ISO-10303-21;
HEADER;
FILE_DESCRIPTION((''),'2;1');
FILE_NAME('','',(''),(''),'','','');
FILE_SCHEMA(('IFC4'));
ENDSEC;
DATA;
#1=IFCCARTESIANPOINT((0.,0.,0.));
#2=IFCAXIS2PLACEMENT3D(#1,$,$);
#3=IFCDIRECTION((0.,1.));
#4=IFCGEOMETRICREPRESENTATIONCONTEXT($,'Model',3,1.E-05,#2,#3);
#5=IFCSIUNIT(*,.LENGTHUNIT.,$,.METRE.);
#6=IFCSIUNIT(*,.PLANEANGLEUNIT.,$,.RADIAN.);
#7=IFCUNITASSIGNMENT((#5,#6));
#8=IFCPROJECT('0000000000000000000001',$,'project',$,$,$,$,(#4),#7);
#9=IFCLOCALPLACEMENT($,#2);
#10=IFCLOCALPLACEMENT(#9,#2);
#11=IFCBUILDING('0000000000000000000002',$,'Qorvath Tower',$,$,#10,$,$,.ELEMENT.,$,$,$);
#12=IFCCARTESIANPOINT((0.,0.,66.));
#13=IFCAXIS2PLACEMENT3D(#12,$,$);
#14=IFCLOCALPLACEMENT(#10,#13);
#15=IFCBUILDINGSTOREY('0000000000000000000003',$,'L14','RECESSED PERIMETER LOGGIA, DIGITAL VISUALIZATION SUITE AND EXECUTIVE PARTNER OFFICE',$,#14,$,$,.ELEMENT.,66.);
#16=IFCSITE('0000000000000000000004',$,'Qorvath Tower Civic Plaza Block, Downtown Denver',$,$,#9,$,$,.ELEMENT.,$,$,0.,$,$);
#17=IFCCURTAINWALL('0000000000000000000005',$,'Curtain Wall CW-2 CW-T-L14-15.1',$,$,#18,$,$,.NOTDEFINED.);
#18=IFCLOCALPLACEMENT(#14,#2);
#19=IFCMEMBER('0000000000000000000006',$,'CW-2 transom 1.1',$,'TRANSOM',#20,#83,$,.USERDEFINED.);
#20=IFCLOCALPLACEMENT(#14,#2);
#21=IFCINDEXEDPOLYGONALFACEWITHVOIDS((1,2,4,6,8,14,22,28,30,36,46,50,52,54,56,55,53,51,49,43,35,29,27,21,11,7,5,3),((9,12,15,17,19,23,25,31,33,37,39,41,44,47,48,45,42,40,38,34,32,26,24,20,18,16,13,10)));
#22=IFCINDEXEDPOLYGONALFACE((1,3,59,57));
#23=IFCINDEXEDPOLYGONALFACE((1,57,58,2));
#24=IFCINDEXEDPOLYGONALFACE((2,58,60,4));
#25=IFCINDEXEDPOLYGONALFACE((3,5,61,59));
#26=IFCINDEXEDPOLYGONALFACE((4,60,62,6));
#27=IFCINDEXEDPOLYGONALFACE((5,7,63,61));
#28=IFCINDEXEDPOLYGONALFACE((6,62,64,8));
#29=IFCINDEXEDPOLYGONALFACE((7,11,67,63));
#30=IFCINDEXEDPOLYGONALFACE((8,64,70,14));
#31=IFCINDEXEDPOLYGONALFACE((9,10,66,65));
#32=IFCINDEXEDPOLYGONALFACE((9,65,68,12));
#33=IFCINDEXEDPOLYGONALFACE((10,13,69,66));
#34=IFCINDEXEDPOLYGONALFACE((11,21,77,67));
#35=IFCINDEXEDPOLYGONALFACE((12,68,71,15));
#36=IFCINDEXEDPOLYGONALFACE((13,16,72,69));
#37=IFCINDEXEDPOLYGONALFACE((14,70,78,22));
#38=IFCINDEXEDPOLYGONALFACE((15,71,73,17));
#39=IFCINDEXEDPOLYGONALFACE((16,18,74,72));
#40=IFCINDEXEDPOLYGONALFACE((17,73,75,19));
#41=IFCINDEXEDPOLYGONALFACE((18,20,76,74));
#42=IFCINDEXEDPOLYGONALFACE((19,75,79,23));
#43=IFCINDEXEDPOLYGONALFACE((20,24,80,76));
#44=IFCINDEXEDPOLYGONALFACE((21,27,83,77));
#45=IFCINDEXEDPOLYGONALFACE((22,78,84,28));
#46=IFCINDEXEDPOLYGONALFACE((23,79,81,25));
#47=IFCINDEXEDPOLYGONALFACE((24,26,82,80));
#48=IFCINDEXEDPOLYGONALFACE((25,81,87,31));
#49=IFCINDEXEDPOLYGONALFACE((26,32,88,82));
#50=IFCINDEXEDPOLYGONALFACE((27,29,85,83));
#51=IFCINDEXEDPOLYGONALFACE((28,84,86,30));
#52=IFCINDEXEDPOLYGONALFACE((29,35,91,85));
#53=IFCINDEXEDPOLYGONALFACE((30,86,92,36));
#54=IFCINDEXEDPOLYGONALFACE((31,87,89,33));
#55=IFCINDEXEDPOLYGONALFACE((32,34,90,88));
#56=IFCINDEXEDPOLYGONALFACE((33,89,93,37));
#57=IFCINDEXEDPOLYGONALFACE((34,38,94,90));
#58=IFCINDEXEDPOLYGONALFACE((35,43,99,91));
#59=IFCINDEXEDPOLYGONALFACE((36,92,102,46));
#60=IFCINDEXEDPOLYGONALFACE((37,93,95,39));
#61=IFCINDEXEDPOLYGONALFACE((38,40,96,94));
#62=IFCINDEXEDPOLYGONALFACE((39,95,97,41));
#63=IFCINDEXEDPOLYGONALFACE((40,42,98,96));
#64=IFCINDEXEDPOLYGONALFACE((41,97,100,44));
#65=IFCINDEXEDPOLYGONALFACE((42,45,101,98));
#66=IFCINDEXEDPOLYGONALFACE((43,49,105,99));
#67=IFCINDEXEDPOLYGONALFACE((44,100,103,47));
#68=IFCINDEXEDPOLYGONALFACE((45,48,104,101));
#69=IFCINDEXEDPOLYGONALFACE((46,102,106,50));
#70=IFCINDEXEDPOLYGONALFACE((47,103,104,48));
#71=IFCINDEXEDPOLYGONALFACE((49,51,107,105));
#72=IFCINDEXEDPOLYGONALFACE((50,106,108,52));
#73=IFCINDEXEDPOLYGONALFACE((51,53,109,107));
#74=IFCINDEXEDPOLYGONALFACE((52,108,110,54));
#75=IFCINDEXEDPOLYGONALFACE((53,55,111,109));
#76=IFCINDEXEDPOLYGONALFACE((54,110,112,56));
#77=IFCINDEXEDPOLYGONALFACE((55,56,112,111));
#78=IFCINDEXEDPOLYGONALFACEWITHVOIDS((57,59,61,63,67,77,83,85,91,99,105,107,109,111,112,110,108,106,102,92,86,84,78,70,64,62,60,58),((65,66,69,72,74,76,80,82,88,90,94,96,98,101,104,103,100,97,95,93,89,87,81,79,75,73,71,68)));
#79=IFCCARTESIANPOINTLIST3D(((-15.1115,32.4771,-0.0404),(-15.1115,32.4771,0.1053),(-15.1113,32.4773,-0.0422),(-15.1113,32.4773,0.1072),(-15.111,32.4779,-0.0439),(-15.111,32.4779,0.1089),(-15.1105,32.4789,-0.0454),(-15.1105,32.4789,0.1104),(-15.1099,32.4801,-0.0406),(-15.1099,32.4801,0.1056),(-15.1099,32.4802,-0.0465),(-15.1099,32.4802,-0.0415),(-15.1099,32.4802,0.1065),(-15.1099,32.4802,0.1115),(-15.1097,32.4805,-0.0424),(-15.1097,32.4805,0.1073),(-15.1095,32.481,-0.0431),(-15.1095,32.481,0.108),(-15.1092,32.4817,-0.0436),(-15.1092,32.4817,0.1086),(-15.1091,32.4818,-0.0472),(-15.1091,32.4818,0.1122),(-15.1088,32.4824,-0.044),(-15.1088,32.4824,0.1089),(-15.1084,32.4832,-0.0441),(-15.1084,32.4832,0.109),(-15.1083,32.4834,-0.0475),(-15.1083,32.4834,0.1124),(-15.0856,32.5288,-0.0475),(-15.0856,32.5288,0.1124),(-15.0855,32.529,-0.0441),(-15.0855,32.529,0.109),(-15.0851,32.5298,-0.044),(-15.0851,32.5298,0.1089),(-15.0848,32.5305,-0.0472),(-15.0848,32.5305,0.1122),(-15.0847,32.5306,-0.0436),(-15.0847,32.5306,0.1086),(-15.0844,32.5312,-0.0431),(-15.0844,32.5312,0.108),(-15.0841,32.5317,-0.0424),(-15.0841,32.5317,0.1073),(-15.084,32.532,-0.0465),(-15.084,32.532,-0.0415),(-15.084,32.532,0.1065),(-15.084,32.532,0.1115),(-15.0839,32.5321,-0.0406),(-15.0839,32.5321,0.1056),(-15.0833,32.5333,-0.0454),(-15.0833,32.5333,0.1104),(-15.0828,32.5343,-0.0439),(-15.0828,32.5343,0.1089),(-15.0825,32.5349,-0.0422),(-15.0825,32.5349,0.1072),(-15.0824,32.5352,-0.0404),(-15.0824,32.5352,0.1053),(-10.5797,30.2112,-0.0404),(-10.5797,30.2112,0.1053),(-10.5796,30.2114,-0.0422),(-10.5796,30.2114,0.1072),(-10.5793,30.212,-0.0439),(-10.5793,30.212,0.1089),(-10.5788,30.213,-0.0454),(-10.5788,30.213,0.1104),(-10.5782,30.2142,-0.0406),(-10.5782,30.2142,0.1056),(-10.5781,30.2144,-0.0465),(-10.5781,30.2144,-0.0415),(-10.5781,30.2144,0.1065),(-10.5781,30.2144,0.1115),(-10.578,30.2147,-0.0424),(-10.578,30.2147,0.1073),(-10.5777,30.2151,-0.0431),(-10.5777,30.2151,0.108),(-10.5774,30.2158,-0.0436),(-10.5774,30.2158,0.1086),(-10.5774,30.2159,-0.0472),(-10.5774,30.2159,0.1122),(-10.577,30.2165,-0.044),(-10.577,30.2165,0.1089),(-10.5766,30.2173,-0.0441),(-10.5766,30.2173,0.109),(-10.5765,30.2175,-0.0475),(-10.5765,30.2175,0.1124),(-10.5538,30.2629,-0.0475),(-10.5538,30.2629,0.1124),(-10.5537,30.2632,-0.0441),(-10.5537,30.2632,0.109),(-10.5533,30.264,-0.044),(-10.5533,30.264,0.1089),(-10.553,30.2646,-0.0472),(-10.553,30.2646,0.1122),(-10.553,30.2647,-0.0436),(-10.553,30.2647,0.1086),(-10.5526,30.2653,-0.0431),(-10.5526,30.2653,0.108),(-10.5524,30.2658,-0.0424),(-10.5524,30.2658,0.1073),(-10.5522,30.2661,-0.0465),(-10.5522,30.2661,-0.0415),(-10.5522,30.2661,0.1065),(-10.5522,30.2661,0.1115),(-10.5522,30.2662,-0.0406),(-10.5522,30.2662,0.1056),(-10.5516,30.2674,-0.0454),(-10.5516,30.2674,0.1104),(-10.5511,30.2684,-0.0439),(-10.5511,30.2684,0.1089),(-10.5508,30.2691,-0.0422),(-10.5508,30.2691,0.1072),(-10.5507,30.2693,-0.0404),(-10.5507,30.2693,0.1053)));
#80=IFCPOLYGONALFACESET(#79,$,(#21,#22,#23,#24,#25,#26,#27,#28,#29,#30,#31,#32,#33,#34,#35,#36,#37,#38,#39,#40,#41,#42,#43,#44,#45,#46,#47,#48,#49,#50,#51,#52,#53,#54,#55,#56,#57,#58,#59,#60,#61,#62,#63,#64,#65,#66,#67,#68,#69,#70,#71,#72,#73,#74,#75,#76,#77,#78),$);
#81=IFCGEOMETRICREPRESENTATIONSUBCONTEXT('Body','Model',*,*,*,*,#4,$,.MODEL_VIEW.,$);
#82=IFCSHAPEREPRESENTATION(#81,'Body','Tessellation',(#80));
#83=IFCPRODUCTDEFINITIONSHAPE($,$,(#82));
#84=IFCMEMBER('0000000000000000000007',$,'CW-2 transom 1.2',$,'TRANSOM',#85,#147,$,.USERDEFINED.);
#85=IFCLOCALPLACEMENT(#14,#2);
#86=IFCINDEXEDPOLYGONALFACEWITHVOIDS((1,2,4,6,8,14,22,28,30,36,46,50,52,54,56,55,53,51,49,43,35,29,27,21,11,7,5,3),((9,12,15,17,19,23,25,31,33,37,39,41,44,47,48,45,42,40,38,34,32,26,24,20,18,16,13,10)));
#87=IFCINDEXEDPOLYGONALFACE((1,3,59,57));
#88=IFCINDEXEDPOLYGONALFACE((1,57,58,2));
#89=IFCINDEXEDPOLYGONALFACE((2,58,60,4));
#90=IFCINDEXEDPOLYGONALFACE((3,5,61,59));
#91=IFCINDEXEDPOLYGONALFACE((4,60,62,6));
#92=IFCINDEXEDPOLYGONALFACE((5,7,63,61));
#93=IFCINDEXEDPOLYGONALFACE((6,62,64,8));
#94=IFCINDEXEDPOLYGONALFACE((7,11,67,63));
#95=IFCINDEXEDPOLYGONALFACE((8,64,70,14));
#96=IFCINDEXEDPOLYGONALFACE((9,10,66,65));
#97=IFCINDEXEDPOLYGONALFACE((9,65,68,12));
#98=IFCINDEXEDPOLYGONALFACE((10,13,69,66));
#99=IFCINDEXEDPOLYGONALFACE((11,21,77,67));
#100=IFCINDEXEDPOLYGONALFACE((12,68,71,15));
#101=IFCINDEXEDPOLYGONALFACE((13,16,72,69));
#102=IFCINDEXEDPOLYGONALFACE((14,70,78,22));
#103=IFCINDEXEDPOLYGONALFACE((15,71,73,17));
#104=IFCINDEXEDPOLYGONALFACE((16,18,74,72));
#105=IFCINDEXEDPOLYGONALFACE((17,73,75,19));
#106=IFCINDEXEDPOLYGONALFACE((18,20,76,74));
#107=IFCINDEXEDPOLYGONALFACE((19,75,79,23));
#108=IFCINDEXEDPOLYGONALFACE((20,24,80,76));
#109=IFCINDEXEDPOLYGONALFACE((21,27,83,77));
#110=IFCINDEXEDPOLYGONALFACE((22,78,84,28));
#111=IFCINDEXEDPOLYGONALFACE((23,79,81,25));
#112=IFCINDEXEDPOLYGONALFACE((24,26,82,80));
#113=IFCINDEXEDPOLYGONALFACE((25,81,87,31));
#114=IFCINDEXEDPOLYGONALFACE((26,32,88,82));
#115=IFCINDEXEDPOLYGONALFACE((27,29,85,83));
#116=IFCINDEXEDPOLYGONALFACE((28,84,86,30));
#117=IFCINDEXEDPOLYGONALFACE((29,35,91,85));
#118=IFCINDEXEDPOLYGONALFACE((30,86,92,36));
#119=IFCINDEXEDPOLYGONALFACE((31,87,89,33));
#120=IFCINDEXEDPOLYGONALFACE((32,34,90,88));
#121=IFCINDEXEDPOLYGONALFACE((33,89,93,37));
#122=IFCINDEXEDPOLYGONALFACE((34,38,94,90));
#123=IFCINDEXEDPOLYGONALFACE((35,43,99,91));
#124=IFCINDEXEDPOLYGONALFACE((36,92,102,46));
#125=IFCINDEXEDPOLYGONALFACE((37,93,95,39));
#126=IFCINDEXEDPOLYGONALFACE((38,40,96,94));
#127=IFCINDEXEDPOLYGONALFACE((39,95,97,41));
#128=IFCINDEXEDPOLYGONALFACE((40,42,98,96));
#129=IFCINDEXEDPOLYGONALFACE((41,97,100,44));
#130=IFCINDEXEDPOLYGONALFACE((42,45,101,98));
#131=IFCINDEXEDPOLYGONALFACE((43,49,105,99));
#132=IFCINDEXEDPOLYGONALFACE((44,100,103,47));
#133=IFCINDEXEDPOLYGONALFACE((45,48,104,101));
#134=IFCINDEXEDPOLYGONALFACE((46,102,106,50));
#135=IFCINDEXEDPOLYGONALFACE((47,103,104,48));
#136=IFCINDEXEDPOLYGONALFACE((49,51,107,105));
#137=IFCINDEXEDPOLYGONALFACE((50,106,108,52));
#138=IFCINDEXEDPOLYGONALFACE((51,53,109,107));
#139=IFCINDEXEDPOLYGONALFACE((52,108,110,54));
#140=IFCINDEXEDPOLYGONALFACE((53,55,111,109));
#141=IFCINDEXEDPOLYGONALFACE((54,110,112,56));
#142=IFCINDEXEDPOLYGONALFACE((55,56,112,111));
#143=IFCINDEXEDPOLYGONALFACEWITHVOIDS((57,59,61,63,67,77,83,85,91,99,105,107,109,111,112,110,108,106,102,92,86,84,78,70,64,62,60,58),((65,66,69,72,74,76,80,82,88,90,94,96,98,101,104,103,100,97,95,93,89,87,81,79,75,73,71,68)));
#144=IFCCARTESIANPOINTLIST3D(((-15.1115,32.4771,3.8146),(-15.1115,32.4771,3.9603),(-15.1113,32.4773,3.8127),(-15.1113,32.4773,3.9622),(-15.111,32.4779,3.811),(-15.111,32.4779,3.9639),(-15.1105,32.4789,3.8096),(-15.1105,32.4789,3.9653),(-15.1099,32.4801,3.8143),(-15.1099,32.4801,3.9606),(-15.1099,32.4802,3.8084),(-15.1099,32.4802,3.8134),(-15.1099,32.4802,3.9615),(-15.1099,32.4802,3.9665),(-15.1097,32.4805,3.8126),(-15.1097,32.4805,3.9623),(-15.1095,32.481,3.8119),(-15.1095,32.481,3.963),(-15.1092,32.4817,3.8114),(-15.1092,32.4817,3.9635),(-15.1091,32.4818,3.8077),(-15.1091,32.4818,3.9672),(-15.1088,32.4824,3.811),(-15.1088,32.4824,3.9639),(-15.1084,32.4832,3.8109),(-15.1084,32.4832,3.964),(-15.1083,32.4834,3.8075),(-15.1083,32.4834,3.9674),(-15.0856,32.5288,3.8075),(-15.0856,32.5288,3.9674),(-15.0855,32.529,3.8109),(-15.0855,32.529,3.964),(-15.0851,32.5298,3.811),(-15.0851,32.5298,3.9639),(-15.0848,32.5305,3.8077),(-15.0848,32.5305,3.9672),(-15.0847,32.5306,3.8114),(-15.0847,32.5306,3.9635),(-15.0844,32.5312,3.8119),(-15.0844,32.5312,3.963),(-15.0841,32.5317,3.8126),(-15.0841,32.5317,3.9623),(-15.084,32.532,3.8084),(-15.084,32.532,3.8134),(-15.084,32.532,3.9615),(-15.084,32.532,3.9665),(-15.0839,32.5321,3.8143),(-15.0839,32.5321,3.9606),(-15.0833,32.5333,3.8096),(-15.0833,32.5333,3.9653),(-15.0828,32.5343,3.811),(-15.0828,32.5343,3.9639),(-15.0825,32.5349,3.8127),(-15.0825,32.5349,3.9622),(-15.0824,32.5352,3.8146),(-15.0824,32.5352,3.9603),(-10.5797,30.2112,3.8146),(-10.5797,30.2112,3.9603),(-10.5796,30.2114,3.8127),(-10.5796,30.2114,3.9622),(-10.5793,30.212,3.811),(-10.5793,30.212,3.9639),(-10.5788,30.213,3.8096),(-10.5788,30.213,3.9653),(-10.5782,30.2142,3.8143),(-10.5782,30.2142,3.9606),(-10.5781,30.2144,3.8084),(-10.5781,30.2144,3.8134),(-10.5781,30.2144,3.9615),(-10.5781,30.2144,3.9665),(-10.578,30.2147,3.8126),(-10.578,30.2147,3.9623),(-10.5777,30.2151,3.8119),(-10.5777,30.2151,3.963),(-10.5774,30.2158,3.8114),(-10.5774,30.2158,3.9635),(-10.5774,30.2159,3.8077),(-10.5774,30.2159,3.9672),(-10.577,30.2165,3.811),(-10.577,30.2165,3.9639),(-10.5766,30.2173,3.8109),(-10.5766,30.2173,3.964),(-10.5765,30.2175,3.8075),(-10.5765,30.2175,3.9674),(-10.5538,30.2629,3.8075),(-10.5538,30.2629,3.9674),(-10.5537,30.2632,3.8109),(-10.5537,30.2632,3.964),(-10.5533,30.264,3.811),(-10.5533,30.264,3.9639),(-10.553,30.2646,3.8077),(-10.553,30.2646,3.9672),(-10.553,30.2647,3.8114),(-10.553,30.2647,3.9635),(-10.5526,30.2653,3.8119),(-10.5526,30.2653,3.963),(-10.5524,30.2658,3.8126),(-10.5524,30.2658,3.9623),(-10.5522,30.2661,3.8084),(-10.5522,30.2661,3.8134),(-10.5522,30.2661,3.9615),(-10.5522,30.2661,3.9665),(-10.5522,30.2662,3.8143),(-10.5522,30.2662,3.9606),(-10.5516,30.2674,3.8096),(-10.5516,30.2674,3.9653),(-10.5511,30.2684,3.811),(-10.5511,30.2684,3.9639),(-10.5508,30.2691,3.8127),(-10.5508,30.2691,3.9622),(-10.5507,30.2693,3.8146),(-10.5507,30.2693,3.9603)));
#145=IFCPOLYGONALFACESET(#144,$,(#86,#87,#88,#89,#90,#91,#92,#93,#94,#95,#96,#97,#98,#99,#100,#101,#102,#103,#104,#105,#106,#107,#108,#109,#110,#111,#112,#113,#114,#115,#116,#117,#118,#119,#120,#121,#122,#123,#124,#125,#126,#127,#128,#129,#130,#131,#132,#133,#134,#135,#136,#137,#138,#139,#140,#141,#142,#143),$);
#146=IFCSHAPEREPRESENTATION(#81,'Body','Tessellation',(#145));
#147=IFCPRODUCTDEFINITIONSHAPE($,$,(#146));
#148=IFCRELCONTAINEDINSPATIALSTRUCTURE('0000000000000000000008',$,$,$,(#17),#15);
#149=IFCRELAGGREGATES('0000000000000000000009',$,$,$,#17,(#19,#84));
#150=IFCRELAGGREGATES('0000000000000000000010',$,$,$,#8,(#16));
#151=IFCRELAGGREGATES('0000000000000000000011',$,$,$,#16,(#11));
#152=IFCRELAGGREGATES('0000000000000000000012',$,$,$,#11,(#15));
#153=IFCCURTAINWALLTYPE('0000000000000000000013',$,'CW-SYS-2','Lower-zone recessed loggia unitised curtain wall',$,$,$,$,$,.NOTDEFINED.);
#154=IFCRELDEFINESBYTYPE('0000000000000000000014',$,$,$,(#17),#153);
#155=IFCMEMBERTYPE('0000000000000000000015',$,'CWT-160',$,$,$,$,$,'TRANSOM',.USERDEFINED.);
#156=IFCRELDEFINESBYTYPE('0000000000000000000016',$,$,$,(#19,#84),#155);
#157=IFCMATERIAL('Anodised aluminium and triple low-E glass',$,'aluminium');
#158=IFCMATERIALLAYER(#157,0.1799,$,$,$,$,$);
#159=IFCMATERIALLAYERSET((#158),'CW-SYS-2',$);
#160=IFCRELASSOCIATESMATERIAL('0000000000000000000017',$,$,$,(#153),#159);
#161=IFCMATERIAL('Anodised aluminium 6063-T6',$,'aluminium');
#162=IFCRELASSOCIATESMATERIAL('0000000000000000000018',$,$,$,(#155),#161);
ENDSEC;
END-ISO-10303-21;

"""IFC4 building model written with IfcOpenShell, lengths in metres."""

from ifc_helpers import new_model, si_unit, direction, frame, origin, origin_2d, place, context, subcontext, project, spatial, hollow_rectangle, extrude, material, layer, layer_set, material_profile, profile_set, type_object, element, aggregate, save


model = new_model("IFC4")

# Units and contexts
model_context = context("Model", 3, precision=1e-05, world=origin(), true_north=direction((0.0, 1.0)))
body_context = subcontext(model_context, "Body", "Model", "MODEL_VIEW")
ifc_project = project(units=[si_unit("LENGTHUNIT", "METRE"), si_unit("PLANEANGLEUNIT", "RADIAN")], contexts=[model_context])

# Site, building, storey
site_placement = place(None, origin())
site = spatial("IfcSite", under=ifc_project, at=site_placement, Name="Qorvath Tower Civic Plaza Block, Downtown Denver", CompositionType="ELEMENT", RefElevation=0.0)
building_placement = place(site_placement, origin())
building = spatial("IfcBuilding", under=site, at=building_placement, Name="Qorvath Tower", CompositionType="ELEMENT")
storey_placement = place(building_placement, frame((0.0, 0.0, 66.0)))
storey = spatial("IfcBuildingStorey", under=building, at=storey_placement, Name="L14", Description="RECESSED PERIMETER LOGGIA, DIGITAL VISUALIZATION SUITE AND EXECUTIVE PARTNER OFFICE", CompositionType="ELEMENT", Elevation=66.0)

# Shared definitions
ifc_material_1 = material(Name="Anodised aluminium and triple low-E glass", Category="aluminium")
ifc_layer_1 = layer(ifc_material_1, 0.1799)
ifc_layer_set_1 = layer_set([ifc_layer_1], Name="CW-SYS-2")
curtain_wall_type = type_object("IfcCurtainWallType", Name="CW-SYS-2", Description="Lower-zone recessed loggia unitised curtain wall", PredefinedType="NOTDEFINED", material=ifc_layer_set_1)

# Curtain wall
curtain_wall_1_placement = place(storey_placement, origin())
curtain_wall_1 = element("IfcCurtainWall", 1, at=curtain_wall_1_placement, inside=storey, type_object=curtain_wall_type, Name="Curtain Wall CW-2 CW-T-L14-15.1", PredefinedType="NOTDEFINED")

# Members
ifc_material_2 = material(Name="Anodised aluminium 6063-T6", Category="aluminium")
ifc_material_profile_1 = material_profile(ifc_material_2, hollow_rectangle(XDim=0.0649, YDim=0.1599, WallThickness=0.0034, InnerFilletRadius=0.0034, OuterFilletRadius=0.0071, at=origin_2d()), Name="CWT 160x65")
ifc_profile_set_1 = profile_set([ifc_material_profile_1], Name="Anodised aluminium 6063-T6")
member_type_1 = type_object("IfcMemberType", Name="CWT-160", ElementType="TRANSOM", PredefinedType="USERDEFINED", material=ifc_profile_set_1)
member_1_placement = place(storey_placement, frame((-10.5652, 30.2402, 0.0325), z_axis=(-0.894427, 0.447214, 0.0), x_axis=(-0.447214, -0.894427, 0.0)))
member_1 = element("IfcMember", 2, at=member_1_placement, type_object=member_type_1, Name="CW-2 transom 1.1", ObjectType="TRANSOM", PredefinedType="USERDEFINED", context=body_context, shape_type="SweptSolid", body=[
    extrude(hollow_rectangle(XDim=0.0649, YDim=0.1599, WallThickness=0.0034, InnerFilletRadius=0.0034, OuterFilletRadius=0.0071, at=origin_2d()), origin(), (0.0, 0.0, 1.0), 5.0667),
])
member_2_placement = place(storey_placement, frame((-10.5652, 30.2402, 3.8875), z_axis=(-0.894427, 0.447214, 0.0), x_axis=(-0.447214, -0.894427, 0.0)))
member_2 = element("IfcMember", 3, at=member_2_placement, type_object=member_type_1, Name="CW-2 transom 1.2", ObjectType="TRANSOM", PredefinedType="USERDEFINED", context=body_context, shape_type="SweptSolid", body=[
    extrude(hollow_rectangle(XDim=0.0649, YDim=0.1599, WallThickness=0.0034, InnerFilletRadius=0.0034, OuterFilletRadius=0.0071, at=origin_2d()), origin(), (0.0, 0.0, 1.0), 5.0667),
])

aggregate(curtain_wall_1, [member_1, member_2])

save(model, "model.ifc")
